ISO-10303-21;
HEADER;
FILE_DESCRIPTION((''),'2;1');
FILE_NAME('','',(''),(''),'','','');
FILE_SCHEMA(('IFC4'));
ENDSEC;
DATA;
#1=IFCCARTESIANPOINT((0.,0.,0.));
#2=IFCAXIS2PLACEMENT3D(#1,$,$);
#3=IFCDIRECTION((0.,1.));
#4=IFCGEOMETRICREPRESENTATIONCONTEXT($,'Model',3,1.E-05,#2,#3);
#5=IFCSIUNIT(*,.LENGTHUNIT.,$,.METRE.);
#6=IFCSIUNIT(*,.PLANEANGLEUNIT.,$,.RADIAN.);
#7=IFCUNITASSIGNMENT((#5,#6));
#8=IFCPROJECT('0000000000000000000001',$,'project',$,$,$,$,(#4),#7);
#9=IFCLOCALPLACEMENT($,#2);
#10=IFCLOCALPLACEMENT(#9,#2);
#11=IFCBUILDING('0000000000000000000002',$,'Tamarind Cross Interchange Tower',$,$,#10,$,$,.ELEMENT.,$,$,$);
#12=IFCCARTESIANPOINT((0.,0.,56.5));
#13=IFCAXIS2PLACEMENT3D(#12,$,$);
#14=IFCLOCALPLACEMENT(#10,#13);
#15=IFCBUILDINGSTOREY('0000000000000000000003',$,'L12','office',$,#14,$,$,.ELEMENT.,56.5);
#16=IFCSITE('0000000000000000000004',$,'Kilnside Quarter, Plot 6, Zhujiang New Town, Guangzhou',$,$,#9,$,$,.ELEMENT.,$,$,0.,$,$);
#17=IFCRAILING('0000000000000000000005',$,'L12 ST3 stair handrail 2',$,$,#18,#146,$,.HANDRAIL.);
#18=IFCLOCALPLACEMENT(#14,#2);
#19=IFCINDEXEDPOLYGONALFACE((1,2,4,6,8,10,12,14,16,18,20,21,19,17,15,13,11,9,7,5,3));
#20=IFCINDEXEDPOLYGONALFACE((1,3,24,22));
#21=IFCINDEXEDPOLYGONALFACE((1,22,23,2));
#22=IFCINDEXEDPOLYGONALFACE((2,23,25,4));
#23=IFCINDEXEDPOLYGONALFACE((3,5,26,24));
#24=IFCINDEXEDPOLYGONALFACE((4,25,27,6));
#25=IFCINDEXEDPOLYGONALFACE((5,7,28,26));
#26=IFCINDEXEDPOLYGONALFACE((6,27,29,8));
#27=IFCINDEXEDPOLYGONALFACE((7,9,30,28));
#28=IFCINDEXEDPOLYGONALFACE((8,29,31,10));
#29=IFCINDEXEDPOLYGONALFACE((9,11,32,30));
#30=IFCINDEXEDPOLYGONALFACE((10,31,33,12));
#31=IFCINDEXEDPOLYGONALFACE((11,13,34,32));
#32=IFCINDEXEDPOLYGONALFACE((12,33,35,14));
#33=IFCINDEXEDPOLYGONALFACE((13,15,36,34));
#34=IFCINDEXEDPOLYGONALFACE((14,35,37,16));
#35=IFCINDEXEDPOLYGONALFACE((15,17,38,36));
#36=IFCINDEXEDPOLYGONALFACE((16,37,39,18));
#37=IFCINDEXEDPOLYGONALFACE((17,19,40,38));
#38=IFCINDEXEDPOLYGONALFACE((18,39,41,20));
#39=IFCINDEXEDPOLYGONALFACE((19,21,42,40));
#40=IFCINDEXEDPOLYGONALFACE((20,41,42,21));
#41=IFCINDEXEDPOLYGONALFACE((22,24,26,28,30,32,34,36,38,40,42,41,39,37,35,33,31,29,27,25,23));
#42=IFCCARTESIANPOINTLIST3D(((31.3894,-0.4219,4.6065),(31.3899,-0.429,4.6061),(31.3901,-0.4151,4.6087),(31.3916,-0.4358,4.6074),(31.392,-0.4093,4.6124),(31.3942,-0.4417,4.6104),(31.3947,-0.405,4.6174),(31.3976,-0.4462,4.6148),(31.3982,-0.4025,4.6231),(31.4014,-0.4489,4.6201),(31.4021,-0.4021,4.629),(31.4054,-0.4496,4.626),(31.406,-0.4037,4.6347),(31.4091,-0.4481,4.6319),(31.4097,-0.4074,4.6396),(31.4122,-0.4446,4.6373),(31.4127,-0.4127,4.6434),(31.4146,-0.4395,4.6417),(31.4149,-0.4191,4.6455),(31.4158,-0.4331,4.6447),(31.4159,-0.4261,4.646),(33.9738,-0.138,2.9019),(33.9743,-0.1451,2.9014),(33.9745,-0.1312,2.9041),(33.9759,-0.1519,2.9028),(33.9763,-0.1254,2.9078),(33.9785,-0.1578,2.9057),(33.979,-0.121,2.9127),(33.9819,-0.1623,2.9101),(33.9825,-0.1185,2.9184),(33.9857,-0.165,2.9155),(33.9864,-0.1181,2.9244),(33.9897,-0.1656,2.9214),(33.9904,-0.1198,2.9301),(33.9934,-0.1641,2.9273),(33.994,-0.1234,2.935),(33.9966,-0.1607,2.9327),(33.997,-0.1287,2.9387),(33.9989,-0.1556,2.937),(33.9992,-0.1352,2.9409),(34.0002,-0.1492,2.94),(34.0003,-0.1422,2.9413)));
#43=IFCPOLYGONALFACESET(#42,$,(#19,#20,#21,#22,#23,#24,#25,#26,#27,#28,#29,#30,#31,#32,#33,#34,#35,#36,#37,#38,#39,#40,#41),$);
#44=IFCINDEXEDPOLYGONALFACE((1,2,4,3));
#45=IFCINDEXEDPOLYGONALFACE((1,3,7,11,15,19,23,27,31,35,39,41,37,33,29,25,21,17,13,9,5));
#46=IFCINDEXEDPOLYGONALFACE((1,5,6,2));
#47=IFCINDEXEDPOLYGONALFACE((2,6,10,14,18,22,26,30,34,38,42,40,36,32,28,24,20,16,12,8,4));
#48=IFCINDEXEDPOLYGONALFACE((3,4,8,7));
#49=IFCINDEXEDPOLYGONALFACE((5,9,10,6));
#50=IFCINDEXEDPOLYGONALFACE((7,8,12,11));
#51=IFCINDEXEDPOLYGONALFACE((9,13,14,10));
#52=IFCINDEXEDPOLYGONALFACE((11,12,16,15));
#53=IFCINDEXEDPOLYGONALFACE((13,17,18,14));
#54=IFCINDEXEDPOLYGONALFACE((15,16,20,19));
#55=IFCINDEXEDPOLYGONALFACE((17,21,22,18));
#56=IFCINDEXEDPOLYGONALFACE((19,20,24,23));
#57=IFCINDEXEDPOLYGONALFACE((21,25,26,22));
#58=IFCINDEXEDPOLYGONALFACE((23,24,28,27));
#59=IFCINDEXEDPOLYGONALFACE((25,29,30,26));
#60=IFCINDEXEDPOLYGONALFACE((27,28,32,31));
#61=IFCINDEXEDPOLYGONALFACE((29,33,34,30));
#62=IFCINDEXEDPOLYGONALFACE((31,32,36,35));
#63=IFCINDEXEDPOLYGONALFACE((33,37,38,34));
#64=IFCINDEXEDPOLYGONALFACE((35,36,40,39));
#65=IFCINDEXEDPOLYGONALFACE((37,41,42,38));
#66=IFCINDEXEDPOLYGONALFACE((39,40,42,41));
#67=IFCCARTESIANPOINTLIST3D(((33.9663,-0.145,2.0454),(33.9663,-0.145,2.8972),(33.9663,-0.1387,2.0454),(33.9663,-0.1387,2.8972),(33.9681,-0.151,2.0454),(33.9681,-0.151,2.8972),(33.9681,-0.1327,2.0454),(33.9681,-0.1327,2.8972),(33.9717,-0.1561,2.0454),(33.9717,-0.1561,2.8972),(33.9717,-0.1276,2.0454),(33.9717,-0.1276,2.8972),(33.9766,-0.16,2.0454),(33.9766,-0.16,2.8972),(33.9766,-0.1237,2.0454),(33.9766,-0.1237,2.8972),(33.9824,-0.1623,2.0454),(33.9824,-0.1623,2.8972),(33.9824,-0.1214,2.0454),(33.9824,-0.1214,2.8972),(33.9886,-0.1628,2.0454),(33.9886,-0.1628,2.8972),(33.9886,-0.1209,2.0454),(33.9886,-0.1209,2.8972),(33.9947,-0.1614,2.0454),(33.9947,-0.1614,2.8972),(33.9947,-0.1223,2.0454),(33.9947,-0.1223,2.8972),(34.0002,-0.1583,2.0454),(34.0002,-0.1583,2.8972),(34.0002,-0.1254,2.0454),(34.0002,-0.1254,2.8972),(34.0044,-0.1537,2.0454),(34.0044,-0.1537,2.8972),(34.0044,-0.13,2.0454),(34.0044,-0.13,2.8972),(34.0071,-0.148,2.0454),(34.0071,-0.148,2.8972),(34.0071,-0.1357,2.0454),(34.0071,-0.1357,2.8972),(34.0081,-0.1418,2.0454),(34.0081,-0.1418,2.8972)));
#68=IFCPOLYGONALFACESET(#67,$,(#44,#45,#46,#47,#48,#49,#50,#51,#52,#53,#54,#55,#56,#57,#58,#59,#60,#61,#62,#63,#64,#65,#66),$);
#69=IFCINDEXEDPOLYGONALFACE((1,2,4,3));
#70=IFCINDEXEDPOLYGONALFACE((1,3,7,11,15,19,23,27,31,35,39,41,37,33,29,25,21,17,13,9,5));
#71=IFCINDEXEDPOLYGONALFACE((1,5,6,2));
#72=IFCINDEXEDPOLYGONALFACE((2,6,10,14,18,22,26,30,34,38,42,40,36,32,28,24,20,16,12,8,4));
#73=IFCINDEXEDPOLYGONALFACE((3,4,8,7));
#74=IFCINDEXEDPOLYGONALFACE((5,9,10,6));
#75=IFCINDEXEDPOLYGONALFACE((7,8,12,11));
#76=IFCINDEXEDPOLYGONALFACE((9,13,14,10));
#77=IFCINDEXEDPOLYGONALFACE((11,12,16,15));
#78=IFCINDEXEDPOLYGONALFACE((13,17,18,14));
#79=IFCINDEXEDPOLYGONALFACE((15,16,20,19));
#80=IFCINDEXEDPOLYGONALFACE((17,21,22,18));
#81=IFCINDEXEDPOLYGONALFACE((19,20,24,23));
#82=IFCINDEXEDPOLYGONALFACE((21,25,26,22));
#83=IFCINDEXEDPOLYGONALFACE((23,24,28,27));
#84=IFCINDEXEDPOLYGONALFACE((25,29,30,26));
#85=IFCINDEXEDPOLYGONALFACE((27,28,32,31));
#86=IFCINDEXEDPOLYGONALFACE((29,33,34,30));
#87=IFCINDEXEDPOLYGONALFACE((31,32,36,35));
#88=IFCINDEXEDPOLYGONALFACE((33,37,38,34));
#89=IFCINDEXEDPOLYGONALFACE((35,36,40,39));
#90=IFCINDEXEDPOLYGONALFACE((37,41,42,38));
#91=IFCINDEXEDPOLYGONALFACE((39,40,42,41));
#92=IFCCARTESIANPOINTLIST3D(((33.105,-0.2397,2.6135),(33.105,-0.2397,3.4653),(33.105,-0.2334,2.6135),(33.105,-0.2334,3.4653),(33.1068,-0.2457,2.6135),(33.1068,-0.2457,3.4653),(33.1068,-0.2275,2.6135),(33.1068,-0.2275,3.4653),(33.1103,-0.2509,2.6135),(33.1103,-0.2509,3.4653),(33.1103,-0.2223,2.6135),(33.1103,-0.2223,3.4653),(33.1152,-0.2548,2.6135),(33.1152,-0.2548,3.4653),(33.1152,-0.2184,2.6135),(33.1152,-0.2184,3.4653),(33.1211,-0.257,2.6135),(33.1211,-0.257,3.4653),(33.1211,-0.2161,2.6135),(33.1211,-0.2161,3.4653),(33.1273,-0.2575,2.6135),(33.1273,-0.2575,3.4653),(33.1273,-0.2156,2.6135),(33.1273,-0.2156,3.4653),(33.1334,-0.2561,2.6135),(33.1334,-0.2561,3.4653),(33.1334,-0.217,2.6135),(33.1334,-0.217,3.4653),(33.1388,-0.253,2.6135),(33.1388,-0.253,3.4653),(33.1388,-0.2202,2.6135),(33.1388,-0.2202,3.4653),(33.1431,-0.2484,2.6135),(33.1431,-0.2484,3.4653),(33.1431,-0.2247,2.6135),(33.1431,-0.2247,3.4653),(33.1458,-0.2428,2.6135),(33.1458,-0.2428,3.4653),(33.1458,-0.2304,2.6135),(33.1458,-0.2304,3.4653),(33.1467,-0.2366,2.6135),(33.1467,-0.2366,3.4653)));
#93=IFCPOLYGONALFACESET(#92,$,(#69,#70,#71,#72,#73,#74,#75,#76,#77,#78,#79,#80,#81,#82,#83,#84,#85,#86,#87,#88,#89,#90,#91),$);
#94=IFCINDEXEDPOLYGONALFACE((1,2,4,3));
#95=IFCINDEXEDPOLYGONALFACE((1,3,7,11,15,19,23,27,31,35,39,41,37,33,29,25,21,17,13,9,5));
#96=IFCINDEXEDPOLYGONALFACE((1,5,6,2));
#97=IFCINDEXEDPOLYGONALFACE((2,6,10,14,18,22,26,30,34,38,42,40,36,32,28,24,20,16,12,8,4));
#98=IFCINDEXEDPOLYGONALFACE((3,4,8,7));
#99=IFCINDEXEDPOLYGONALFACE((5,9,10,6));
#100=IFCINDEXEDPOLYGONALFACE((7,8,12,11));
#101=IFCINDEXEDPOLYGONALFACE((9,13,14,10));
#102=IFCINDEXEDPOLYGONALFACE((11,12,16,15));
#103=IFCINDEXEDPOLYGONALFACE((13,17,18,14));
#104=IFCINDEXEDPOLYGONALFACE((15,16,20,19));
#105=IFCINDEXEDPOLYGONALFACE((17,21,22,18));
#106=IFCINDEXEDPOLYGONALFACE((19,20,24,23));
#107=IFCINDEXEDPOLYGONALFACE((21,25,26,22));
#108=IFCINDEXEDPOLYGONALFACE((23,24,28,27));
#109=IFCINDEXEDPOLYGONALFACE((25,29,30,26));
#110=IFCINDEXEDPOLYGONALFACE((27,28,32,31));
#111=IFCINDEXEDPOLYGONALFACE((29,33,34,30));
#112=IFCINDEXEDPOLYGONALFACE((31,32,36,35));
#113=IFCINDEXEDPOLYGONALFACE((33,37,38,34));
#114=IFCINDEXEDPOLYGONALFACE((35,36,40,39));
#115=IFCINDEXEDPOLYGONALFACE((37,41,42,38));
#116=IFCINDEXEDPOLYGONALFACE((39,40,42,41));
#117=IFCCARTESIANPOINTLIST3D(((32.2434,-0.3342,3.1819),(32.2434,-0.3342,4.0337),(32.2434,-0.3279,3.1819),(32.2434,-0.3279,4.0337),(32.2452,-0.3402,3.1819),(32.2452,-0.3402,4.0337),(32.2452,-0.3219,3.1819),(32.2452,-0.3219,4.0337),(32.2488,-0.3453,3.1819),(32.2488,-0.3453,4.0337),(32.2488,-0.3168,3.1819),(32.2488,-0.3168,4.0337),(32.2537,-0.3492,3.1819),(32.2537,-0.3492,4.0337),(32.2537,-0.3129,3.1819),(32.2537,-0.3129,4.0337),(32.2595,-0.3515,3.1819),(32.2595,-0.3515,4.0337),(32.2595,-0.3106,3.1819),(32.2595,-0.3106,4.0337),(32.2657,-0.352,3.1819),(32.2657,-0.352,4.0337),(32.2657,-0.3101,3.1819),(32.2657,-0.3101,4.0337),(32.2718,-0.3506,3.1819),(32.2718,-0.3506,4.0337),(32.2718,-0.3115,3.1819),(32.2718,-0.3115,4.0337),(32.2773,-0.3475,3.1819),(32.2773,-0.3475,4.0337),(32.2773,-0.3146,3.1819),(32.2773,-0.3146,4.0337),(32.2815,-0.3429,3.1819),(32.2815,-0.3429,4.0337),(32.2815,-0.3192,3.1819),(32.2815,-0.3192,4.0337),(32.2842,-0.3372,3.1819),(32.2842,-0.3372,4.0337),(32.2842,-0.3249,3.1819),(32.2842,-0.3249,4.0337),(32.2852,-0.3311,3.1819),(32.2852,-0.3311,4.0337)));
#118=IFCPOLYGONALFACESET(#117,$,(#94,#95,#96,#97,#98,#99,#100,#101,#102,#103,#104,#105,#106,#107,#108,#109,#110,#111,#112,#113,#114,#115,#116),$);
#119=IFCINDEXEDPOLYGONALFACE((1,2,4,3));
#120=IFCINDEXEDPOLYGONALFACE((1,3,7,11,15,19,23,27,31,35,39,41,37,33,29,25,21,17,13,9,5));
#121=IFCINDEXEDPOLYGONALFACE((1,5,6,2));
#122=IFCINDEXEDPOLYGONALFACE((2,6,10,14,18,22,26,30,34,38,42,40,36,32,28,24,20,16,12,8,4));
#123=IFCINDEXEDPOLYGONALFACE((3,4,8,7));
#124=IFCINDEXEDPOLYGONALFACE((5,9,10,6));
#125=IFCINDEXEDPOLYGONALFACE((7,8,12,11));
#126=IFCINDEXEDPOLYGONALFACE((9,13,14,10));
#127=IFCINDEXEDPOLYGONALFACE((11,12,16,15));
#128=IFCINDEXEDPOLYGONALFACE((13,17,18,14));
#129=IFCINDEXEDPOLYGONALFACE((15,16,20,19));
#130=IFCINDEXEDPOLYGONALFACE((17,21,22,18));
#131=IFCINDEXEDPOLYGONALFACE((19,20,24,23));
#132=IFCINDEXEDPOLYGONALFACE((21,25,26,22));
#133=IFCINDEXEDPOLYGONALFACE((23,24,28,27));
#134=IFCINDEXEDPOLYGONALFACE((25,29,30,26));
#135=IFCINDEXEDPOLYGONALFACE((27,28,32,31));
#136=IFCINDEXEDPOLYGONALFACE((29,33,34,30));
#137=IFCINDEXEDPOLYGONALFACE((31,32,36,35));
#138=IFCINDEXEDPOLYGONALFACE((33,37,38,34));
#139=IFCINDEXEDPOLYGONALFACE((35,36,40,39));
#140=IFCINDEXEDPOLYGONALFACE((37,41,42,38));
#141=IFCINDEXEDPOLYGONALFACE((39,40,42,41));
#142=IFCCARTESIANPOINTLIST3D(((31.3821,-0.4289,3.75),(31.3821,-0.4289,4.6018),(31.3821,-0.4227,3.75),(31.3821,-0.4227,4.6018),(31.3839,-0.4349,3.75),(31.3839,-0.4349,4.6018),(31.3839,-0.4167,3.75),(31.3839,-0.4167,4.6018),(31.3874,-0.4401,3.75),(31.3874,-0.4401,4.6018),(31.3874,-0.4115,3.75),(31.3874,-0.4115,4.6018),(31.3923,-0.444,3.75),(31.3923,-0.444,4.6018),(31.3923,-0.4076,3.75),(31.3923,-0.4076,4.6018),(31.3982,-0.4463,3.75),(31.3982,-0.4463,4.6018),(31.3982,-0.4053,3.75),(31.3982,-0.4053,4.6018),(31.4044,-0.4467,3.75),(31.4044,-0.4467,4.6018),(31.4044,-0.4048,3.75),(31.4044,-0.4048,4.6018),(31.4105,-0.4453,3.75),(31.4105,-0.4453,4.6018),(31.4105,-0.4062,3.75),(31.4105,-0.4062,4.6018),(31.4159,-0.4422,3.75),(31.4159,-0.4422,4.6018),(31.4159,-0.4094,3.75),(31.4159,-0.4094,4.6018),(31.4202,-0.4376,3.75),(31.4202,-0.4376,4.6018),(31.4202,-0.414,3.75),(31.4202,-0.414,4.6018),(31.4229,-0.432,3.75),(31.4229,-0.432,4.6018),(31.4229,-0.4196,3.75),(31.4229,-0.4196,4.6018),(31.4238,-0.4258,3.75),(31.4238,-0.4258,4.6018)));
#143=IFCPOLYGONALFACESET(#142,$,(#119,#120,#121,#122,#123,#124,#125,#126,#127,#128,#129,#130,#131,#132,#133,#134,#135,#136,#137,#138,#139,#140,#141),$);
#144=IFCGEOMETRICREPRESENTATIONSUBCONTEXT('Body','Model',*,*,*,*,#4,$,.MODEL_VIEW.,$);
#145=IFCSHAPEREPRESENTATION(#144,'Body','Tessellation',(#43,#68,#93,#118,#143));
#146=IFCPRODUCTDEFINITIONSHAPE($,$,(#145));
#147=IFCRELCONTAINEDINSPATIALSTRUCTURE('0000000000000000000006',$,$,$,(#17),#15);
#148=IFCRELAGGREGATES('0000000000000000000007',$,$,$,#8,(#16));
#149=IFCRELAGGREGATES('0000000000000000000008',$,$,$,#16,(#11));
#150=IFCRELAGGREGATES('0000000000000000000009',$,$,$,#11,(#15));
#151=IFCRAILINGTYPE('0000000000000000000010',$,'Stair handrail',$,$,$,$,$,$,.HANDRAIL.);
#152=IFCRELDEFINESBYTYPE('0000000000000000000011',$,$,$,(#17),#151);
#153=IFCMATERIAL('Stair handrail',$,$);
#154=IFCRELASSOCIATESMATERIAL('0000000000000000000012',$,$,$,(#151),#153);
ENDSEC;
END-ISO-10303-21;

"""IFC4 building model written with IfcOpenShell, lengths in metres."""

from ifc_helpers import new_model, si_unit, direction, frame, origin, origin_2d, place, context, subcontext, project, spatial, circle, extrude, material, type_object, element, save


model = new_model("IFC4")

# Units and contexts
model_context = context("Model", 3, precision=1e-05, world=origin(), true_north=direction((0.0, 1.0)))
body_context = subcontext(model_context, "Body", "Model", "MODEL_VIEW")
ifc_project = project(units=[si_unit("LENGTHUNIT", "METRE"), si_unit("PLANEANGLEUNIT", "RADIAN")], contexts=[model_context])

# Site, building, storey
site_placement = place(None, origin())
site = spatial("IfcSite", under=ifc_project, at=site_placement, Name="Kilnside Quarter, Plot 6, Zhujiang New Town, Guangzhou", CompositionType="ELEMENT", RefElevation=0.0)
building_placement = place(site_placement, origin())
building = spatial("IfcBuilding", under=site, at=building_placement, Name="Tamarind Cross Interchange Tower", CompositionType="ELEMENT")
storey_placement = place(building_placement, frame((0.0, 0.0, 56.5)))
storey = spatial("IfcBuildingStorey", under=building, at=storey_placement, Name="L12", Description="office", CompositionType="ELEMENT", Elevation=56.5)

# Railing
ifc_material_1 = material(Name="Stair handrail")
railing_type_1 = type_object("IfcRailingType", Name="Stair handrail", PredefinedType="HANDRAIL", material=ifc_material_1)
railing_1_placement = place(storey_placement, frame((33.9871, -0.1418, 2.0454)))
element("IfcRailing", 1, at=railing_1_placement, inside=storey, type_object=railing_type_1, Name="L12 ST3 stair handrail 2", PredefinedType="HANDRAIL", context=body_context, shape_type="SweptSolid", body=[
    extrude(circle(Radius=0.0239, at=origin_2d()), frame((0.0, 0.0, 0.876), z_axis=(-0.831269, -0.091334, 0.548316), x_axis=(0.109215, -0.994018, 0.0)), (0.0, 0.0, 1.0), 3.1089),
    extrude(circle(Radius=0.021, at=origin_2d()), origin(), (0.0, 0.0, 1.0), 0.8518),
    extrude(circle(Radius=0.021, at=origin_2d()), frame((-0.8613, -0.0947, 0.5681)), (0.0, 0.0, 1.0), 0.8518),
    extrude(circle(Radius=0.021, at=origin_2d()), frame((-1.7229, -0.1892, 1.1365)), (0.0, 0.0, 1.0), 0.8518),
    extrude(circle(Radius=0.021, at=origin_2d()), frame((-2.5842, -0.2839, 1.7046)), (0.0, 0.0, 1.0), 0.8518),
])

save(model, "model.ifc")
